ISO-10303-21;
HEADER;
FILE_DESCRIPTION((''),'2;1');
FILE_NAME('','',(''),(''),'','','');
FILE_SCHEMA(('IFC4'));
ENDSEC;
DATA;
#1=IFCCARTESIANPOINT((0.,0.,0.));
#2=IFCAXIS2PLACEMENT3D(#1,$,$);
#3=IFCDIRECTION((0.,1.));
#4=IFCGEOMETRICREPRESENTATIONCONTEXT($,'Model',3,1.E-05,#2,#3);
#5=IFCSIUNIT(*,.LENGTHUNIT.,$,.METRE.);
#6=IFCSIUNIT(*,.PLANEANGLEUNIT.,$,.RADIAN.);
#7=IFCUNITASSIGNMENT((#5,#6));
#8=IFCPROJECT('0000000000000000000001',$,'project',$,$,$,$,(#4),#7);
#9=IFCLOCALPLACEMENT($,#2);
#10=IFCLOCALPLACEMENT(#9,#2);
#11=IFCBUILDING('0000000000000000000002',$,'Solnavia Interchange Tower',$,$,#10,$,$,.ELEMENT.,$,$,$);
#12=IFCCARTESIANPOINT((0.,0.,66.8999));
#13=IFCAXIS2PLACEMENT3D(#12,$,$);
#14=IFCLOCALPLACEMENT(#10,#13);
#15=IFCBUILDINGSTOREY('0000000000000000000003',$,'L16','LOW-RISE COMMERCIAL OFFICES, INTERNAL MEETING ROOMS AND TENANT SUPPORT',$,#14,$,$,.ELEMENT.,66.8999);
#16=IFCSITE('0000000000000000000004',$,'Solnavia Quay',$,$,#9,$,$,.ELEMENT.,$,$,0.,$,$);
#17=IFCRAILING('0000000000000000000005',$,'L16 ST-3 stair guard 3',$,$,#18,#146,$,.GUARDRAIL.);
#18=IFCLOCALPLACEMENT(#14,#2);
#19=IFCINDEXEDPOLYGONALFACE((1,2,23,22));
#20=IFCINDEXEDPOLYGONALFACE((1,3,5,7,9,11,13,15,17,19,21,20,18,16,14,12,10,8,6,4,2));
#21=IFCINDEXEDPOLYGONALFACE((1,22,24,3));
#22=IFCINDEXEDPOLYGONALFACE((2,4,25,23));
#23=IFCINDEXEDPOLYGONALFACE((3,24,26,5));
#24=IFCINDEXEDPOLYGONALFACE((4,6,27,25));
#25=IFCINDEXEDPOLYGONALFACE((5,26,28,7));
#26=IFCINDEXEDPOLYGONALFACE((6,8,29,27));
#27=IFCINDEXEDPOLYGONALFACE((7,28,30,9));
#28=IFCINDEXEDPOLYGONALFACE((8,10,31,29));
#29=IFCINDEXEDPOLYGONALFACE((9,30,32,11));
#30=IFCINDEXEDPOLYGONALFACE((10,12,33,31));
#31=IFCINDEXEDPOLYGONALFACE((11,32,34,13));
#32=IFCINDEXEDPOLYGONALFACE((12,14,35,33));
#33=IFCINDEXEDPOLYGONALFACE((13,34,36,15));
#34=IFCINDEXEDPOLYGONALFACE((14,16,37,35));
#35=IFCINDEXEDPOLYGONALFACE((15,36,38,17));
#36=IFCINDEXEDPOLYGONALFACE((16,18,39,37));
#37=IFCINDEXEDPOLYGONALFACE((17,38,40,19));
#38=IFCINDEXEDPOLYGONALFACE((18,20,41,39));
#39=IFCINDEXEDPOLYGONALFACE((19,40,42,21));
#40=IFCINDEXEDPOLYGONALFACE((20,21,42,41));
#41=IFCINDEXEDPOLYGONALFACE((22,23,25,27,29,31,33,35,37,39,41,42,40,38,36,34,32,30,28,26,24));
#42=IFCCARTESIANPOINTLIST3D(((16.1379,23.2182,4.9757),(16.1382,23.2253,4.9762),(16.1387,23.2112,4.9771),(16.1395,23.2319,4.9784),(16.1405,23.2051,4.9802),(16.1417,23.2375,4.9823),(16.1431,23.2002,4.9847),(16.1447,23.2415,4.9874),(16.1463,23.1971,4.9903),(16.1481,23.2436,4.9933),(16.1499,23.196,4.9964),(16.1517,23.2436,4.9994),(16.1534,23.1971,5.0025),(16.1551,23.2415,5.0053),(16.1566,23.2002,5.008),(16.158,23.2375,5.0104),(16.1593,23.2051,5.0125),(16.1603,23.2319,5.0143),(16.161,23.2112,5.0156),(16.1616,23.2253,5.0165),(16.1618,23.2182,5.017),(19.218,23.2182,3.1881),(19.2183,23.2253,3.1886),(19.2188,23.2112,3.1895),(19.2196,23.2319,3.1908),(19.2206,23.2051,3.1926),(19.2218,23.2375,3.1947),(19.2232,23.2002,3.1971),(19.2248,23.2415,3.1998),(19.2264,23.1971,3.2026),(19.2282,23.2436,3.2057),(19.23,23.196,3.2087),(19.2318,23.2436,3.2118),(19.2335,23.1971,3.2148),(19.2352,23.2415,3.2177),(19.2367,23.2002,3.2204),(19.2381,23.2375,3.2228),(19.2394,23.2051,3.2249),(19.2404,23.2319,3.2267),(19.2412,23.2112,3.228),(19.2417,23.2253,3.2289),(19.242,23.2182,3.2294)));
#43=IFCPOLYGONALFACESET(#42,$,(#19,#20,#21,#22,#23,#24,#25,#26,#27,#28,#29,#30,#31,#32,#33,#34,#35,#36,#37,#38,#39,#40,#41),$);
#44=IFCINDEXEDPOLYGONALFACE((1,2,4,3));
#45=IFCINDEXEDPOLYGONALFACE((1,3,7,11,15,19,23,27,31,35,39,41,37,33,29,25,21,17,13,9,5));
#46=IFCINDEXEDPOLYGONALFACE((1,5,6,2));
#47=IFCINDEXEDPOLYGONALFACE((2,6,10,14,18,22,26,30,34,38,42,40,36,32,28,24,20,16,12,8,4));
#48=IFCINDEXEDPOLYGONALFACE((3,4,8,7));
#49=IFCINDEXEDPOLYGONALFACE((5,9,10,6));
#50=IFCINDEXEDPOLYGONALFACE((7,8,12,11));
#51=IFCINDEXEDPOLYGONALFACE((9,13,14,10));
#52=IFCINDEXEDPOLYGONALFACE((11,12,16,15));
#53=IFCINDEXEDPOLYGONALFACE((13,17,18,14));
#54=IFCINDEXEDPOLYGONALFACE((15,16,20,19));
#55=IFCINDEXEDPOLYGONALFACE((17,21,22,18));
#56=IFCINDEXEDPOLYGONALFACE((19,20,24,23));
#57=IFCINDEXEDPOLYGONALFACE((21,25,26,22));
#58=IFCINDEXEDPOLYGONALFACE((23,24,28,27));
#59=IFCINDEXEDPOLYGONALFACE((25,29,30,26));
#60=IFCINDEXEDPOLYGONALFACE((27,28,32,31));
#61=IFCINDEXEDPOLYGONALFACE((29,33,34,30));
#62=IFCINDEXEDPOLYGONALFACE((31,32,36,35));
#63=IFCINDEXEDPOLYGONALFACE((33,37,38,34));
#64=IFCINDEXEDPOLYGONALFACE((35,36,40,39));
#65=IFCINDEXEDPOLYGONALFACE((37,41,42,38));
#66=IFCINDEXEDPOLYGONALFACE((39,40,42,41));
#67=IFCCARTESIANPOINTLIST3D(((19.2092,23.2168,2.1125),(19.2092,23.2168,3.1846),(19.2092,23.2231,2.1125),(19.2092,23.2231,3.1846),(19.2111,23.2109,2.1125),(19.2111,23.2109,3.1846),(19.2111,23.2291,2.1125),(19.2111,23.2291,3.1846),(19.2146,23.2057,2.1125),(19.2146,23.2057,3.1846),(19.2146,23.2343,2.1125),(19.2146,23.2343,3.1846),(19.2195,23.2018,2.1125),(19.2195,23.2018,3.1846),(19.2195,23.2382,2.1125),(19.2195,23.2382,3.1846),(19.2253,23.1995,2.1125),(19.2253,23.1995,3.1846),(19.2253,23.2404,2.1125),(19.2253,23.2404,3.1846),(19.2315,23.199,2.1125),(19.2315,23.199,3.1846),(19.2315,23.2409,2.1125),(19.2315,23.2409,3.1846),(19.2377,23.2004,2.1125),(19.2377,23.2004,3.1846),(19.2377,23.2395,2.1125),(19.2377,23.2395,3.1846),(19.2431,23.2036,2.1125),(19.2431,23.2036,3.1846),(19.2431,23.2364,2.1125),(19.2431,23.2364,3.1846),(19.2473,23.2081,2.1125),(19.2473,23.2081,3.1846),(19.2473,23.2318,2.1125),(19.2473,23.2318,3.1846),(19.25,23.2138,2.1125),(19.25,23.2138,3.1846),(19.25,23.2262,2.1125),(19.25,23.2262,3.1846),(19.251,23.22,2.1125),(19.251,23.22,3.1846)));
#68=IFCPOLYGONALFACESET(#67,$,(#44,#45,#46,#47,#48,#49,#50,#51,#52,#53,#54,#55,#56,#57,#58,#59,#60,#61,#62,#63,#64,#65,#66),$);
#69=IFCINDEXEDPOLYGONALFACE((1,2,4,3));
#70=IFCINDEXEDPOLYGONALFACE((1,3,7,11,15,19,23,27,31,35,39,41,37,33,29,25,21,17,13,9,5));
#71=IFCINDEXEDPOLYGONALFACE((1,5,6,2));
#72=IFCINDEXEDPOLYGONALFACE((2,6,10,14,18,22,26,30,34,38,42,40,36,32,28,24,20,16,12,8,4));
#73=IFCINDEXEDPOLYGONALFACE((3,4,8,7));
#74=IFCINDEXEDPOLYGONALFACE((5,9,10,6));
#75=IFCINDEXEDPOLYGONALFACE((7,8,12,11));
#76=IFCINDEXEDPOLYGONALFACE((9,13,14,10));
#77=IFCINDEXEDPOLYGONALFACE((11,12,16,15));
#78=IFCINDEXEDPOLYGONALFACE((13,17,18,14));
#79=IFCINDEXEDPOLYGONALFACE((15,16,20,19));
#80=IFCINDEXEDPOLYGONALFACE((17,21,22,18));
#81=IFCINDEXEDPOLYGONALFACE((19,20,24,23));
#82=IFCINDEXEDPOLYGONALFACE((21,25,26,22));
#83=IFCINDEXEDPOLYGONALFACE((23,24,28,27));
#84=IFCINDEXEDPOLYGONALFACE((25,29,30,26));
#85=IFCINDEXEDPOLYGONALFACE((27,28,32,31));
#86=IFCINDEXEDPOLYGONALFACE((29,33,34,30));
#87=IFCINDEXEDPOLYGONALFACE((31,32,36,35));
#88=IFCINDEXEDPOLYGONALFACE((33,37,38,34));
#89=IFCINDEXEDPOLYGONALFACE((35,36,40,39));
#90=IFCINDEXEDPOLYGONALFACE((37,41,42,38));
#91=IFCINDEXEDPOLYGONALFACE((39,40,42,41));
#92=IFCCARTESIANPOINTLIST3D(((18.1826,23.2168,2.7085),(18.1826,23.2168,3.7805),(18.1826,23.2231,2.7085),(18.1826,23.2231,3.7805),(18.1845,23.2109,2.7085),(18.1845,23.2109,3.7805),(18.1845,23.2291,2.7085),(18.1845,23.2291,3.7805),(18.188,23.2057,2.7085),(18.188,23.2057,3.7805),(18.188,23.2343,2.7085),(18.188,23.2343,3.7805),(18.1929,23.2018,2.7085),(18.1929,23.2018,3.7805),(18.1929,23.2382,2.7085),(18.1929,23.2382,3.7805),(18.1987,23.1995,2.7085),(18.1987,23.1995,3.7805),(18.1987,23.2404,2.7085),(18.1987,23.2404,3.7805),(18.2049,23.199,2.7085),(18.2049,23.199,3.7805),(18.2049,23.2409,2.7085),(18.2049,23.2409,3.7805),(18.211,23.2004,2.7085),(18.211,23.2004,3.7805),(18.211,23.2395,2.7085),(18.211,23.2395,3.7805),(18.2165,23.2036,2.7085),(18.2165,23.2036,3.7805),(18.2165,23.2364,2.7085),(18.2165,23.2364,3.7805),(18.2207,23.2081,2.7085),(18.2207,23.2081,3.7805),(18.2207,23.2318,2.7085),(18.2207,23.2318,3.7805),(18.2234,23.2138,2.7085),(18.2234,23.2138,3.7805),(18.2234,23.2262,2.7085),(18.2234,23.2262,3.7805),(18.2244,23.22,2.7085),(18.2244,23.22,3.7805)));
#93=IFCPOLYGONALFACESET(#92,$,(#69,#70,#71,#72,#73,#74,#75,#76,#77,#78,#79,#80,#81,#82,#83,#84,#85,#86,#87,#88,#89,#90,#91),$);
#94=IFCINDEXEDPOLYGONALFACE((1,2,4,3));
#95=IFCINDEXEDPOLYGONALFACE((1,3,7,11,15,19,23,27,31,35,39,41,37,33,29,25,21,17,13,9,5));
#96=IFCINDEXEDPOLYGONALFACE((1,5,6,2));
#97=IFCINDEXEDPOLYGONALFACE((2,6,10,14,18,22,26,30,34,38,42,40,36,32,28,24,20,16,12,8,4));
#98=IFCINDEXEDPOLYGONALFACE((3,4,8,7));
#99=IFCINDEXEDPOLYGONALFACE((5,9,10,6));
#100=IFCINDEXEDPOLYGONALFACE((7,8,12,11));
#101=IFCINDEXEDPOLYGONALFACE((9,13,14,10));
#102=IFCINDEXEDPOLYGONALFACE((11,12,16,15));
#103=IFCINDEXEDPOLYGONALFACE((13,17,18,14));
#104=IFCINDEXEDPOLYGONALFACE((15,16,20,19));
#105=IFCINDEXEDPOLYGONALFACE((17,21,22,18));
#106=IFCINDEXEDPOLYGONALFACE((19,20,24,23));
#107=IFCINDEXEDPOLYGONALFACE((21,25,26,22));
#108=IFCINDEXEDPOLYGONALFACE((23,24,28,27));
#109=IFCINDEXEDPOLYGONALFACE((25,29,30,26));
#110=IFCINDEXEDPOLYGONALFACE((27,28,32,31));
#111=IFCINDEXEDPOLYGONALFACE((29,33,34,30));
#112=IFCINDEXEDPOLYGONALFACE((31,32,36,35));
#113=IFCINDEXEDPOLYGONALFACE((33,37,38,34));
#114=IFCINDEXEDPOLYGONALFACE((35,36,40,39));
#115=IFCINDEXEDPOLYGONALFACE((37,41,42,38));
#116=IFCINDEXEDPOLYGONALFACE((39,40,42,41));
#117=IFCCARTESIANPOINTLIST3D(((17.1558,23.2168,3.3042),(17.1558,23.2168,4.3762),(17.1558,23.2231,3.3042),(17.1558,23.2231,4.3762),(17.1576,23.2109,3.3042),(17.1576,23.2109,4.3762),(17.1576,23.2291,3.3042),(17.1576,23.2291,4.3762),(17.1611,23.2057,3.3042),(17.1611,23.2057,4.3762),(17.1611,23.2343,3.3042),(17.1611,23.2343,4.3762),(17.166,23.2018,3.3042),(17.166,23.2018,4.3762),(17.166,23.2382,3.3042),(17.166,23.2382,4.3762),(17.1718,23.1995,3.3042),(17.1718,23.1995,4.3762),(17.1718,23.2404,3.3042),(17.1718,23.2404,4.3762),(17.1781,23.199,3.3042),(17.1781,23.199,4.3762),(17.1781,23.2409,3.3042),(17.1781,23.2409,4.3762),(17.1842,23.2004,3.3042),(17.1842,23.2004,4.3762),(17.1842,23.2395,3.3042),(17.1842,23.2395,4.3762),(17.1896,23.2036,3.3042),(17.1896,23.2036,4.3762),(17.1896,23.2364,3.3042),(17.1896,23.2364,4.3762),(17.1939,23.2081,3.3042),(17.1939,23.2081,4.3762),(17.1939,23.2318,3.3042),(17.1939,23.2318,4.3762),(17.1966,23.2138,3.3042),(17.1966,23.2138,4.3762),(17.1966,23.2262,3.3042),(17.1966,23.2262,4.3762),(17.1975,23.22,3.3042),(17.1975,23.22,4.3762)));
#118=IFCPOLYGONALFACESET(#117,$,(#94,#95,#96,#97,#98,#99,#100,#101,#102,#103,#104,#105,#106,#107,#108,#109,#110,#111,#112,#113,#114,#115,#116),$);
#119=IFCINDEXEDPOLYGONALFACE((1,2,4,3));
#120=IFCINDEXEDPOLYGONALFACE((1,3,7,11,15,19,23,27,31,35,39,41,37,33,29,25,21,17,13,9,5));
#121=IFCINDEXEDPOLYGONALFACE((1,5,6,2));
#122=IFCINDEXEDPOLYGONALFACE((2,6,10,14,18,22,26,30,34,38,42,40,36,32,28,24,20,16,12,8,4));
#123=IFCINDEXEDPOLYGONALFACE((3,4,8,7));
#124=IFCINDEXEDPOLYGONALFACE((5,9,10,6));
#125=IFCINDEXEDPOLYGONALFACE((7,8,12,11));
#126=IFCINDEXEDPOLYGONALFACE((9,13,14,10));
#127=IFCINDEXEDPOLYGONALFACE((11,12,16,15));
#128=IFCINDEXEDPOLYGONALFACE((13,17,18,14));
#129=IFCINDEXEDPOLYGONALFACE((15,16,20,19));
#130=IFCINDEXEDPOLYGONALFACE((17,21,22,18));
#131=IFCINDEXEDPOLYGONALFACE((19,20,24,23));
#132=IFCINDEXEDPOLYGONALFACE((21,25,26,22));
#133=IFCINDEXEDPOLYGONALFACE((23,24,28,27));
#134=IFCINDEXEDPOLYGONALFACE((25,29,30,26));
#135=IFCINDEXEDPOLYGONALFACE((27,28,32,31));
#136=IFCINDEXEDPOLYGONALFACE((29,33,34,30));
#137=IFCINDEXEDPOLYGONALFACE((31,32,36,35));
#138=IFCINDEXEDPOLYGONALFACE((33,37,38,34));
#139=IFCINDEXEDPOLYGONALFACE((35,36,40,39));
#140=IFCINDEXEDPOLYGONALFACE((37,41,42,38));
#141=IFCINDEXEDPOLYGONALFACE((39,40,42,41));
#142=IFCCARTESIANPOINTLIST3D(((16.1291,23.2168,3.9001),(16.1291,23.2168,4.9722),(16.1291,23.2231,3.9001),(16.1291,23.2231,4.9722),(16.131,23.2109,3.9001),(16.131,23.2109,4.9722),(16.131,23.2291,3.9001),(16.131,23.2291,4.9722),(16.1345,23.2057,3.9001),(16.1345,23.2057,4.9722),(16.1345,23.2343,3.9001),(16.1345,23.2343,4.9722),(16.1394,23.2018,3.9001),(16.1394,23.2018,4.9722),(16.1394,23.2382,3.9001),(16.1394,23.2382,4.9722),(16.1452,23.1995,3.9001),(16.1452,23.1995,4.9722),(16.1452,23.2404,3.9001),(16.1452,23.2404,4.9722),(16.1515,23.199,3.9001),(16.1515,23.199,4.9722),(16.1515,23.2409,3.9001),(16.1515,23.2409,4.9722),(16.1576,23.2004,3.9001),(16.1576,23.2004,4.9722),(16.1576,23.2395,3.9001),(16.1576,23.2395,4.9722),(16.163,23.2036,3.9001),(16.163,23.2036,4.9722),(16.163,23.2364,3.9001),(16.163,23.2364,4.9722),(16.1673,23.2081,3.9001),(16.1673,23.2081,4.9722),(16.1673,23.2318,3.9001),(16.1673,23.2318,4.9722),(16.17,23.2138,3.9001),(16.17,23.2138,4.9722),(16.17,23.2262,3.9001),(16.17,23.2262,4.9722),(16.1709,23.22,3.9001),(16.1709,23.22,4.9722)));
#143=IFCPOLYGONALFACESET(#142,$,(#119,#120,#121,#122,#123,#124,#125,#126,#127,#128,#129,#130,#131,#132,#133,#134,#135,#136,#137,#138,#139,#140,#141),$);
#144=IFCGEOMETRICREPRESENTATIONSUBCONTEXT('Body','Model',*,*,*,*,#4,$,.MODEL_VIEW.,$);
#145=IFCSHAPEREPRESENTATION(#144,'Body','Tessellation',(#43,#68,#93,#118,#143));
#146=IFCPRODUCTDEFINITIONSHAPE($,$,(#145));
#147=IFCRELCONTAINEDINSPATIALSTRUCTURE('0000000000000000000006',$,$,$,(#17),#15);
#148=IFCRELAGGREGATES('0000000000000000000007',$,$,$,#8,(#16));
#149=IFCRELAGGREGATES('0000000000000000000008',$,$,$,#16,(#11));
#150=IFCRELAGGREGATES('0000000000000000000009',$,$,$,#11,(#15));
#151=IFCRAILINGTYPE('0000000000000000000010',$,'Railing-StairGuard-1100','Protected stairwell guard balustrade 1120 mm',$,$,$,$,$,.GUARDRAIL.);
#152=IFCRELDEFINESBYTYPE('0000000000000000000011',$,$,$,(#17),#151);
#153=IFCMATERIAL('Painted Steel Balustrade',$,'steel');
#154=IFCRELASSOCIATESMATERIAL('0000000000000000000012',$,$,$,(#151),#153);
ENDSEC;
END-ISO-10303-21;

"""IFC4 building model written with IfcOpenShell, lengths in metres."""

from ifc_helpers import new_model, si_unit, direction, frame, origin, origin_2d, place, context, subcontext, project, spatial, circle, extrude, material, type_object, element, save


model = new_model("IFC4")

# Units and contexts
model_context = context("Model", 3, precision=1e-05, world=origin(), true_north=direction((0.0, 1.0)))
body_context = subcontext(model_context, "Body", "Model", "MODEL_VIEW")
ifc_project = project(units=[si_unit("LENGTHUNIT", "METRE"), si_unit("PLANEANGLEUNIT", "RADIAN")], contexts=[model_context])

# Site, building, storey
site_placement = place(None, origin())
site = spatial("IfcSite", under=ifc_project, at=site_placement, Name="Solnavia Quay", CompositionType="ELEMENT", RefElevation=0.0)
building_placement = place(site_placement, origin())
building = spatial("IfcBuilding", under=site, at=building_placement, Name="Solnavia Interchange Tower", CompositionType="ELEMENT")
storey_placement = place(building_placement, frame((0.0, 0.0, 66.8999)))
storey = spatial("IfcBuildingStorey", under=building, at=storey_placement, Name="L16", Description="LOW-RISE COMMERCIAL OFFICES, INTERNAL MEETING ROOMS AND TENANT SUPPORT", CompositionType="ELEMENT", Elevation=66.8999)

# Railing
ifc_material_1 = material(Name="Painted Steel Balustrade", Category="steel")
railing_type_1 = type_object("IfcRailingType", Name="Railing-StairGuard-1100", Description="Protected stairwell guard balustrade 1120 mm", PredefinedType="GUARDRAIL", material=ifc_material_1)
railing_1_placement = place(storey_placement, frame((19.23, 23.22, 2.1125)))
element("IfcRailing", 1, at=railing_1_placement, inside=storey, type_object=railing_type_1, Name="L16 ST-3 stair guard 3", PredefinedType="GUARDRAIL", context=body_context, shape_type="SweptSolid", body=[
    extrude(circle(Radius=0.0239, at=origin_2d()), frame((0.0, 0.0, 1.0962), z_axis=(-0.864891, 0.0, 0.50196), x_axis=(0.0, -1.0, 0.0)), (0.0, 0.0, 1.0), 3.5613),
    extrude(circle(Radius=0.021, at=origin_2d()), origin(), (0.0, 0.0, 1.0), 1.072),
    extrude(circle(Radius=0.021, at=origin_2d()), frame((-1.0266, 0.0, 0.5959)), (0.0, 0.0, 1.0), 1.072),
    extrude(circle(Radius=0.021, at=origin_2d()), frame((-2.0535, 0.0, 1.1917)), (0.0, 0.0, 1.0), 1.072),
    extrude(circle(Radius=0.021, at=origin_2d()), frame((-3.0801, 0.0, 1.7876)), (0.0, 0.0, 1.0), 1.072),
])

save(model, "model.ifc")
